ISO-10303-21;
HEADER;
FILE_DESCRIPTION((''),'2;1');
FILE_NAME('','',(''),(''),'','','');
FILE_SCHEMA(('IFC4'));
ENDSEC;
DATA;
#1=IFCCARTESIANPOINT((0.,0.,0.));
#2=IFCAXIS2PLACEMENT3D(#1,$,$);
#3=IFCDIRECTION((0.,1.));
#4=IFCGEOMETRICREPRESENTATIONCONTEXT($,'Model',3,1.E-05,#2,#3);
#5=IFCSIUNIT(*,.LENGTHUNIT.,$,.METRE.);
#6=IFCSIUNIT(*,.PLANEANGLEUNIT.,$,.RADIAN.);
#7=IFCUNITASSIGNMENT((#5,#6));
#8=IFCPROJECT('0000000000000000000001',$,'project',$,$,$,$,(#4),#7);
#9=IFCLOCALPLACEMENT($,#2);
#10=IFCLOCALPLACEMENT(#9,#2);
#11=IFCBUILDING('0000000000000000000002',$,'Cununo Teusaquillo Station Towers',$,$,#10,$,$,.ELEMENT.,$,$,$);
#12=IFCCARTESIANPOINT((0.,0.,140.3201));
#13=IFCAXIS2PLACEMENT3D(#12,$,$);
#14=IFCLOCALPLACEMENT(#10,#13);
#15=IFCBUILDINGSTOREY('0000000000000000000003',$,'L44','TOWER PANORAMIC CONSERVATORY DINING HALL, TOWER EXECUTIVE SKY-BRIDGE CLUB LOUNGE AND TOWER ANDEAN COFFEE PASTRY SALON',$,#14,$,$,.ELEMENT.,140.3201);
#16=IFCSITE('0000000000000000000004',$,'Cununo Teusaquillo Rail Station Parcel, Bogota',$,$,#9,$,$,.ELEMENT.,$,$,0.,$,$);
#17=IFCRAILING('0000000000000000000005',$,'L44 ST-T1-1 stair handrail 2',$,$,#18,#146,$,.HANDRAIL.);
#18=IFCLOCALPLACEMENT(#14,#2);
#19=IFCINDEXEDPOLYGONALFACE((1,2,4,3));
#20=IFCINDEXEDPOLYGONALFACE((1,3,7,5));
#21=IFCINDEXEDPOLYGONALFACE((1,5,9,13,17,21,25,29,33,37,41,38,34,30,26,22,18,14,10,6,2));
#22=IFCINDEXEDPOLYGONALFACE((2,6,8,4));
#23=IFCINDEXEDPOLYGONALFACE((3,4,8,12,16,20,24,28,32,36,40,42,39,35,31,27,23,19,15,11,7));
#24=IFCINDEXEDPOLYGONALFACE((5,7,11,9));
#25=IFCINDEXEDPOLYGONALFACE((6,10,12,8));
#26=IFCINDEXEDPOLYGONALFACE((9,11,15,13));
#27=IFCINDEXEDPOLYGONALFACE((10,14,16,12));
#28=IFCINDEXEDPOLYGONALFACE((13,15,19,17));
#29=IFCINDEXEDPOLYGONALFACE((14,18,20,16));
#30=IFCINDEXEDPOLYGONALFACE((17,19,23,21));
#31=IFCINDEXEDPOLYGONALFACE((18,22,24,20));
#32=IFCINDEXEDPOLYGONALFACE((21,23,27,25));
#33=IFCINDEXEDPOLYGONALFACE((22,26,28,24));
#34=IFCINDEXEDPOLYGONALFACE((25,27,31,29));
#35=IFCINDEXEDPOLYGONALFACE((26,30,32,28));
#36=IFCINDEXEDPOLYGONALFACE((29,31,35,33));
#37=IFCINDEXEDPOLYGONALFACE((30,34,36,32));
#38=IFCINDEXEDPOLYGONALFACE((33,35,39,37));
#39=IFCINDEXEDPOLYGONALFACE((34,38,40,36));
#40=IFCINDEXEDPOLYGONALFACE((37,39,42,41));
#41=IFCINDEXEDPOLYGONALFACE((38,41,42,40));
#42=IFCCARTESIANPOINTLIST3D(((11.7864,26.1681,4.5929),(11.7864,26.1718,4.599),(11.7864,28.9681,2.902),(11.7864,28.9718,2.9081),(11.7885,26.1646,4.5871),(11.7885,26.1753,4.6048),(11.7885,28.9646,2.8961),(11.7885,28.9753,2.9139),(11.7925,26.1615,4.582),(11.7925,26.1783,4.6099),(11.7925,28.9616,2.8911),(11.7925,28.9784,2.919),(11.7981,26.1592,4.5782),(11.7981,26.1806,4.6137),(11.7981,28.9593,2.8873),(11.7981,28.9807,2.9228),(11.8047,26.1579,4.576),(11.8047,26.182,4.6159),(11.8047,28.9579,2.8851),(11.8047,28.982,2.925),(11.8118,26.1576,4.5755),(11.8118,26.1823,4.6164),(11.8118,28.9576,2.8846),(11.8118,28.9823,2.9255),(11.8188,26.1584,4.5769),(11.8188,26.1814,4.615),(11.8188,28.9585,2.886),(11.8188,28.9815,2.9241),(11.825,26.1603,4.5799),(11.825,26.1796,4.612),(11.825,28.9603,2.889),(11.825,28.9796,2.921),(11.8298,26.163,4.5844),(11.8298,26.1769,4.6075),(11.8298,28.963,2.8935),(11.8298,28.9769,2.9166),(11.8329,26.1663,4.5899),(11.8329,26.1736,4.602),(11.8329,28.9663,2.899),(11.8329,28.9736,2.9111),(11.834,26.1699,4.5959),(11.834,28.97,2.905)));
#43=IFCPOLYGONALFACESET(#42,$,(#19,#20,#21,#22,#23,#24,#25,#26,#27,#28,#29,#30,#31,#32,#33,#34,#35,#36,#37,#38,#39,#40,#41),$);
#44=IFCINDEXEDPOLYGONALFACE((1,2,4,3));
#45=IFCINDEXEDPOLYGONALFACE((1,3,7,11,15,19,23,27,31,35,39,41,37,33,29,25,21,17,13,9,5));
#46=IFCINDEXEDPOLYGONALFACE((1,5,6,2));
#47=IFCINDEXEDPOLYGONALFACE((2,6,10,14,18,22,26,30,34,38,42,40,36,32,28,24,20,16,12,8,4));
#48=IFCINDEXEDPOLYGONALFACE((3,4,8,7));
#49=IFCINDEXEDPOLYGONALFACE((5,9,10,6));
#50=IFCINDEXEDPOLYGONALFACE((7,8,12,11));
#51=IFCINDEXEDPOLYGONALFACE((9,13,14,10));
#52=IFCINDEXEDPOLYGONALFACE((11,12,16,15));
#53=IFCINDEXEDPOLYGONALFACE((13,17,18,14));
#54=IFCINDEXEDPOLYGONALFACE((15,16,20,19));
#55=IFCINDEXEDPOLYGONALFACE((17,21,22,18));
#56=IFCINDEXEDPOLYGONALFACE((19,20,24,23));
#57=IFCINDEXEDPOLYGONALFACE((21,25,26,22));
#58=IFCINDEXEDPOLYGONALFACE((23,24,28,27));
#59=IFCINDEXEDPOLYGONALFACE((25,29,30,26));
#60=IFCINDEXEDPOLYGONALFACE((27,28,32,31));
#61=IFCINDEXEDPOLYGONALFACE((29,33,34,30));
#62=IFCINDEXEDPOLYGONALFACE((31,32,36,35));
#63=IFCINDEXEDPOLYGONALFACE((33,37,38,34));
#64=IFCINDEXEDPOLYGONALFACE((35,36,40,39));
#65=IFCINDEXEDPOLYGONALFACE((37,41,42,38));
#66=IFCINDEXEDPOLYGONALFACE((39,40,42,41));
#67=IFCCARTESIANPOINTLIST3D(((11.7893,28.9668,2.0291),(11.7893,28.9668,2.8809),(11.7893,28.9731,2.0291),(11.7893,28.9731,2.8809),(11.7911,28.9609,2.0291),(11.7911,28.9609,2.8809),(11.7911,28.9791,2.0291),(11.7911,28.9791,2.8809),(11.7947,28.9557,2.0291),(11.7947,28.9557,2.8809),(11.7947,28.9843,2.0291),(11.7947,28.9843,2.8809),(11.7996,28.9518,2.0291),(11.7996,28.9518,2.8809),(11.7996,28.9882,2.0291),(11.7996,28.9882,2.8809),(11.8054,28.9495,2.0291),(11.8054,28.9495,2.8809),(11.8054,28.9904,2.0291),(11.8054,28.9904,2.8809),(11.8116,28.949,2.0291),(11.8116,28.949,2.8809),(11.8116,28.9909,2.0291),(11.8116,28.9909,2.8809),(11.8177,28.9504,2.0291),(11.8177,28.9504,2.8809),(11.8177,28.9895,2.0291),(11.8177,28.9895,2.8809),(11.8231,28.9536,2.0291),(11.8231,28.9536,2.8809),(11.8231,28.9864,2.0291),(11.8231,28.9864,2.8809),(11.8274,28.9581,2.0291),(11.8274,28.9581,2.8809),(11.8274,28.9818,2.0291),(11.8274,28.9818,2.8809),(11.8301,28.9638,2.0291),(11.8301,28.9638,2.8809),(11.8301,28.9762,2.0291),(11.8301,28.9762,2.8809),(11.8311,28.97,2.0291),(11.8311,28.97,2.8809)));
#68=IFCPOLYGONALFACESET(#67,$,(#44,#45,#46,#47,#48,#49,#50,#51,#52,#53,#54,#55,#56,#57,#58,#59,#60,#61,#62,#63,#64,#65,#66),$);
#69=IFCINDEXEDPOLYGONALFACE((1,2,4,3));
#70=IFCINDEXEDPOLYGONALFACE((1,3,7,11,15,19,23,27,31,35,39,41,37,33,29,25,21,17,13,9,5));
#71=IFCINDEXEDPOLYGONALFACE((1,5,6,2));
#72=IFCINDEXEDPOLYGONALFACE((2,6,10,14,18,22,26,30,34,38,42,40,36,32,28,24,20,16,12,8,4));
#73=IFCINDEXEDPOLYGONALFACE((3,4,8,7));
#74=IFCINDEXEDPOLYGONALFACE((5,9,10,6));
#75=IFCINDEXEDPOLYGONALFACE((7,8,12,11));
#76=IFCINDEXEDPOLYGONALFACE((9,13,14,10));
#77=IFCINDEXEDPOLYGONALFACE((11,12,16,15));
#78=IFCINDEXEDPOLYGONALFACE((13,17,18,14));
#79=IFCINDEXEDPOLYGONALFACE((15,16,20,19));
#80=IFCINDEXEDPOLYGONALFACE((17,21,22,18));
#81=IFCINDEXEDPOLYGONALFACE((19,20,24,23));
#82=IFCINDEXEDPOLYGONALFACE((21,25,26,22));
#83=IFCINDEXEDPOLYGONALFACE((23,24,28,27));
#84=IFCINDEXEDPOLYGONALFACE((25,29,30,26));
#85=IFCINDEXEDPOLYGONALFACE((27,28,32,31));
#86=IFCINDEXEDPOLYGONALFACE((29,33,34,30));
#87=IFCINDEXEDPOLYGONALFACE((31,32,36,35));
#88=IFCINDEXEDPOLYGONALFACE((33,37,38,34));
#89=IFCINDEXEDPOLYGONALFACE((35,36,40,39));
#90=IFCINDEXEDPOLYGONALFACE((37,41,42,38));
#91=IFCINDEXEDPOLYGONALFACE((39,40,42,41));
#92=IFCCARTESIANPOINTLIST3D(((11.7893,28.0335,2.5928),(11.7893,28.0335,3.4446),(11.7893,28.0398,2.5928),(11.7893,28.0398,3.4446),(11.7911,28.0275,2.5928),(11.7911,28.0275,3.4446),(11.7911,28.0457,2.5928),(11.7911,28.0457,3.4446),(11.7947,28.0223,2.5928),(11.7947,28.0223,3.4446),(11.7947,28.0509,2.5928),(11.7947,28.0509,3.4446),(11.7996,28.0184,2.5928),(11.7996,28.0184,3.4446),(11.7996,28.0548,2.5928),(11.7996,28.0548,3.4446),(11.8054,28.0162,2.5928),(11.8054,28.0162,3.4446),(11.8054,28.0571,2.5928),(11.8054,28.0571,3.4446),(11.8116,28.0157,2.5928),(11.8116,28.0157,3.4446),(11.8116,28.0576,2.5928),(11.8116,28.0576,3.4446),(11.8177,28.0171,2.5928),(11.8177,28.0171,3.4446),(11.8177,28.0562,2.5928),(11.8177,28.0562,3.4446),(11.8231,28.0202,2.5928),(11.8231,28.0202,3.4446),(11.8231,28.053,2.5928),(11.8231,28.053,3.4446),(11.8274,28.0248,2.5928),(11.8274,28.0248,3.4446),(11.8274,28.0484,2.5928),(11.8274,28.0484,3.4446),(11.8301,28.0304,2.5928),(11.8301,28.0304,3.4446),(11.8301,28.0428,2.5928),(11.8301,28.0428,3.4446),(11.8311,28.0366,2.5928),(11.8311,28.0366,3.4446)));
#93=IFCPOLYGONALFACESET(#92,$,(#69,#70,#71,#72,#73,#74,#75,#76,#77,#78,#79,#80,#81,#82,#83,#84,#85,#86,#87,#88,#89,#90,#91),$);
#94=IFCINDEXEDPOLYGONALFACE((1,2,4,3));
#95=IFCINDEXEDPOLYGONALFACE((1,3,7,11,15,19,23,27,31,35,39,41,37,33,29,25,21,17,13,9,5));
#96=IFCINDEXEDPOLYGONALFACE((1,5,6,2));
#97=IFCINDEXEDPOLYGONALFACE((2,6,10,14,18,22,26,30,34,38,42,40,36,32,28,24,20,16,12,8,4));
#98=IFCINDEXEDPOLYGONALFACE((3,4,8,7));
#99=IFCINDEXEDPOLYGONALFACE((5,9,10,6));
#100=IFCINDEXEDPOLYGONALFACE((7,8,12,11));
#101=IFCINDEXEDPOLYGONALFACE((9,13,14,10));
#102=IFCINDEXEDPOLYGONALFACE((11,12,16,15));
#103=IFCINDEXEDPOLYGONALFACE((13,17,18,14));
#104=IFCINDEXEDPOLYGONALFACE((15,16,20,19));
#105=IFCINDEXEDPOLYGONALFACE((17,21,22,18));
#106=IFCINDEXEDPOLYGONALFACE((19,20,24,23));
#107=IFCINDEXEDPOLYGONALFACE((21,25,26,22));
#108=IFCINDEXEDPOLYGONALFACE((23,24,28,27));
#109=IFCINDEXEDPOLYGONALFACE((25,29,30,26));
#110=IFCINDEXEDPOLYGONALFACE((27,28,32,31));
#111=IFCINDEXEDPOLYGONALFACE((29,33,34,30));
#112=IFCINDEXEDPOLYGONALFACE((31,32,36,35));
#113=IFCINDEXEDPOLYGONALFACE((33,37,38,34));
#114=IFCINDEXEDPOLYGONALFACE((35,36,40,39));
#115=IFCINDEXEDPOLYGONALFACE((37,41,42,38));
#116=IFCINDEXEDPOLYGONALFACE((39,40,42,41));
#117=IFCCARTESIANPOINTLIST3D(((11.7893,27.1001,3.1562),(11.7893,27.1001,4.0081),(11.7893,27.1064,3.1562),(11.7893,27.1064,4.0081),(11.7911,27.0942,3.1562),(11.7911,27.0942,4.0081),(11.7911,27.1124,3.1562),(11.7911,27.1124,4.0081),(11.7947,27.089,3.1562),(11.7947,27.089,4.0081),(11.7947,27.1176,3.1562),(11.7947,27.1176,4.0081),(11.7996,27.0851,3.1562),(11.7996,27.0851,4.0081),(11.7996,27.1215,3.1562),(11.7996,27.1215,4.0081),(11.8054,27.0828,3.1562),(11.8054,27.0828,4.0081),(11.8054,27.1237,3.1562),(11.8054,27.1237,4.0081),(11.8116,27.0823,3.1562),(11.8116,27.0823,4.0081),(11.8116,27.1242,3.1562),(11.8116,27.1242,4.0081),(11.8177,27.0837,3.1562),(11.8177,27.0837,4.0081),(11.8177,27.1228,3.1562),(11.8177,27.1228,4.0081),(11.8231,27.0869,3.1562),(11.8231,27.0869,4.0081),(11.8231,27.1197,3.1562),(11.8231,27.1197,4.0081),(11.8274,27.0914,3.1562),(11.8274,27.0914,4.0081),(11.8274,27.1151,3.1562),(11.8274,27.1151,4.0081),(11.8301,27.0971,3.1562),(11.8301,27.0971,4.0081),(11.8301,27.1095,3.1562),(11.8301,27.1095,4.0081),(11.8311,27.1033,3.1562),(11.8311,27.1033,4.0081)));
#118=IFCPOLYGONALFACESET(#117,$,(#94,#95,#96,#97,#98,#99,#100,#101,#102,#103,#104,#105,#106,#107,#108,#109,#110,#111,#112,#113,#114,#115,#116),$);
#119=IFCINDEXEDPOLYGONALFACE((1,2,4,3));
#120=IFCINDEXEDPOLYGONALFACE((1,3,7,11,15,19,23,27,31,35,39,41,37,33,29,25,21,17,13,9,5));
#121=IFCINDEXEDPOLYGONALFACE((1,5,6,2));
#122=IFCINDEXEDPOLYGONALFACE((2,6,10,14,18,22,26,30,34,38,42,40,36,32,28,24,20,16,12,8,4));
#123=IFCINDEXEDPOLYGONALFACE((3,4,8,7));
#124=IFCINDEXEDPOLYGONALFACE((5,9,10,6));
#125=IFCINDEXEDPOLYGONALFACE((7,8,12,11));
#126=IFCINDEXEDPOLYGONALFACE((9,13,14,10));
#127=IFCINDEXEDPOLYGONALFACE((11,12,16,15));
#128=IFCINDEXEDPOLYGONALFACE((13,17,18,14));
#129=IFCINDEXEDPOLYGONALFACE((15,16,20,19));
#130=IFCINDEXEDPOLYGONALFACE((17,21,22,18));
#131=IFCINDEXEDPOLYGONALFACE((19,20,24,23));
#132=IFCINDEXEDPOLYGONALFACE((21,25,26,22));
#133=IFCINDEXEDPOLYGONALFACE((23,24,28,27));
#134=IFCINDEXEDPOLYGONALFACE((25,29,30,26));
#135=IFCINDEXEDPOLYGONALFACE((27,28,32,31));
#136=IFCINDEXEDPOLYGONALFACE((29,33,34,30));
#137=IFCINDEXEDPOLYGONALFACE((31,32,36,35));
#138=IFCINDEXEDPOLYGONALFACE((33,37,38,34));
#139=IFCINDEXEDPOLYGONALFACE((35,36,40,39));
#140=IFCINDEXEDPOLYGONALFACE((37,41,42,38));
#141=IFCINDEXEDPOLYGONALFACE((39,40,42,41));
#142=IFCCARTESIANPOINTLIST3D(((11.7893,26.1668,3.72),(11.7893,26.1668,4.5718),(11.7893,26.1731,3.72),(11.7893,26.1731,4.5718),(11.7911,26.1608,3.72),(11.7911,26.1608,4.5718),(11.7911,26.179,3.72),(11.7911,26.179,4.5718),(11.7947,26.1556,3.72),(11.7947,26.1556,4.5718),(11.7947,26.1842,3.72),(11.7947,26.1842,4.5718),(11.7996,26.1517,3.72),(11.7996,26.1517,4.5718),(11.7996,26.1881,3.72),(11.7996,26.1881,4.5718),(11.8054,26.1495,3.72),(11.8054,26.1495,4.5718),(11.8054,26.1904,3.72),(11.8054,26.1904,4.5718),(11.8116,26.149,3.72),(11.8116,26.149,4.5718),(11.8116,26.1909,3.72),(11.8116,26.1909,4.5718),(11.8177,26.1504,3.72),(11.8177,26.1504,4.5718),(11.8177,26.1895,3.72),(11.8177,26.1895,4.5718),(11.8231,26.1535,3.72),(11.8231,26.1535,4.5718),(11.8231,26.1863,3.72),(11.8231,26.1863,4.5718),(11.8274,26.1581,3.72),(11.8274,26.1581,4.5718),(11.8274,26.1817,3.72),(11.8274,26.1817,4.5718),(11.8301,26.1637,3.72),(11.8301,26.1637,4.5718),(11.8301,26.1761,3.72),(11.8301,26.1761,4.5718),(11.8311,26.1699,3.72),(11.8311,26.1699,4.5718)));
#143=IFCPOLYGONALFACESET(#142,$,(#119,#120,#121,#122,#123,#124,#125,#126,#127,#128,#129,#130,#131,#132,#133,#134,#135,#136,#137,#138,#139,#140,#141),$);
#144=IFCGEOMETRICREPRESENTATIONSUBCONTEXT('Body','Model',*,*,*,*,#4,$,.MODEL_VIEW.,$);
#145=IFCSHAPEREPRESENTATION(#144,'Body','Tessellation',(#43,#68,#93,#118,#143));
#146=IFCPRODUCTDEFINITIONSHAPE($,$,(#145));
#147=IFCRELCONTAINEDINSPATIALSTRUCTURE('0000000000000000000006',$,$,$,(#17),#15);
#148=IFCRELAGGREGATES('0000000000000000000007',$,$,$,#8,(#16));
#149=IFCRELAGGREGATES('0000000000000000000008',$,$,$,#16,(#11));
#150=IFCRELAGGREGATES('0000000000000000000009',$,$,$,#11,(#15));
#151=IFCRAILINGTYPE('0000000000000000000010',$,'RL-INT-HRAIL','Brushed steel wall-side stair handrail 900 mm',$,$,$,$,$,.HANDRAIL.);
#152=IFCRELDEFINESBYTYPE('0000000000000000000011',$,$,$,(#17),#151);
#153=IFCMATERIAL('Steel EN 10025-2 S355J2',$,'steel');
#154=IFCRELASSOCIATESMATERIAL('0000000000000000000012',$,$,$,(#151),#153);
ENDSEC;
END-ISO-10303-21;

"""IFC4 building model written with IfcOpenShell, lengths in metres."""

from ifc_helpers import new_model, si_unit, direction, frame, origin, origin_2d, place, context, subcontext, project, spatial, circle, extrude, material, type_object, element, save


model = new_model("IFC4")

# Units and contexts
model_context = context("Model", 3, precision=1e-05, world=origin(), true_north=direction((0.0, 1.0)))
body_context = subcontext(model_context, "Body", "Model", "MODEL_VIEW")
ifc_project = project(units=[si_unit("LENGTHUNIT", "METRE"), si_unit("PLANEANGLEUNIT", "RADIAN")], contexts=[model_context])

# Site, building, storey
site_placement = place(None, origin())
site = spatial("IfcSite", under=ifc_project, at=site_placement, Name="Cununo Teusaquillo Rail Station Parcel, Bogota", CompositionType="ELEMENT", RefElevation=0.0)
building_placement = place(site_placement, origin())
building = spatial("IfcBuilding", under=site, at=building_placement, Name="Cununo Teusaquillo Station Towers", CompositionType="ELEMENT")
storey_placement = place(building_placement, frame((0.0, 0.0, 140.3201)))
storey = spatial("IfcBuildingStorey", under=building, at=storey_placement, Name="L44", Description="TOWER PANORAMIC CONSERVATORY DINING HALL, TOWER EXECUTIVE SKY-BRIDGE CLUB LOUNGE AND TOWER ANDEAN COFFEE PASTRY SALON", CompositionType="ELEMENT", Elevation=140.3201)

# Railing
ifc_material_1 = material(Name="Steel EN 10025-2 S355J2", Category="steel")
railing_type_1 = type_object("IfcRailingType", Name="RL-INT-HRAIL", Description="Brushed steel wall-side stair handrail 900 mm", PredefinedType="HANDRAIL", material=ifc_material_1)
railing_1_placement = place(storey_placement, frame((11.8101, 28.97, 2.0291)))
element("IfcRailing", 1, at=railing_1_placement, inside=storey, type_object=railing_type_1, Name="L44 ST-T1-1 stair handrail 2", PredefinedType="HANDRAIL", context=body_context, shape_type="SweptSolid", body=[
    extrude(circle(Radius=0.0239, at=origin_2d()), frame((0.0, 0.0, 0.876), z_axis=(0.0, -0.856021, 0.516941), x_axis=(1.0, 0.0, 0.0)), (0.0, 0.0, 1.0), 3.271),
    extrude(circle(Radius=0.021, at=origin_2d()), origin(), (0.0, 0.0, 1.0), 0.8518),
    extrude(circle(Radius=0.021, at=origin_2d()), frame((0.0, -0.9333, 0.5637)), (0.0, 0.0, 1.0), 0.8518),
    extrude(circle(Radius=0.021, at=origin_2d()), frame((0.0, -1.8667, 1.1272)), (0.0, 0.0, 1.0), 0.8518),
    extrude(circle(Radius=0.021, at=origin_2d()), frame((0.0, -2.8, 1.6909)), (0.0, 0.0, 1.0), 0.8518),
])

save(model, "model.ifc")
